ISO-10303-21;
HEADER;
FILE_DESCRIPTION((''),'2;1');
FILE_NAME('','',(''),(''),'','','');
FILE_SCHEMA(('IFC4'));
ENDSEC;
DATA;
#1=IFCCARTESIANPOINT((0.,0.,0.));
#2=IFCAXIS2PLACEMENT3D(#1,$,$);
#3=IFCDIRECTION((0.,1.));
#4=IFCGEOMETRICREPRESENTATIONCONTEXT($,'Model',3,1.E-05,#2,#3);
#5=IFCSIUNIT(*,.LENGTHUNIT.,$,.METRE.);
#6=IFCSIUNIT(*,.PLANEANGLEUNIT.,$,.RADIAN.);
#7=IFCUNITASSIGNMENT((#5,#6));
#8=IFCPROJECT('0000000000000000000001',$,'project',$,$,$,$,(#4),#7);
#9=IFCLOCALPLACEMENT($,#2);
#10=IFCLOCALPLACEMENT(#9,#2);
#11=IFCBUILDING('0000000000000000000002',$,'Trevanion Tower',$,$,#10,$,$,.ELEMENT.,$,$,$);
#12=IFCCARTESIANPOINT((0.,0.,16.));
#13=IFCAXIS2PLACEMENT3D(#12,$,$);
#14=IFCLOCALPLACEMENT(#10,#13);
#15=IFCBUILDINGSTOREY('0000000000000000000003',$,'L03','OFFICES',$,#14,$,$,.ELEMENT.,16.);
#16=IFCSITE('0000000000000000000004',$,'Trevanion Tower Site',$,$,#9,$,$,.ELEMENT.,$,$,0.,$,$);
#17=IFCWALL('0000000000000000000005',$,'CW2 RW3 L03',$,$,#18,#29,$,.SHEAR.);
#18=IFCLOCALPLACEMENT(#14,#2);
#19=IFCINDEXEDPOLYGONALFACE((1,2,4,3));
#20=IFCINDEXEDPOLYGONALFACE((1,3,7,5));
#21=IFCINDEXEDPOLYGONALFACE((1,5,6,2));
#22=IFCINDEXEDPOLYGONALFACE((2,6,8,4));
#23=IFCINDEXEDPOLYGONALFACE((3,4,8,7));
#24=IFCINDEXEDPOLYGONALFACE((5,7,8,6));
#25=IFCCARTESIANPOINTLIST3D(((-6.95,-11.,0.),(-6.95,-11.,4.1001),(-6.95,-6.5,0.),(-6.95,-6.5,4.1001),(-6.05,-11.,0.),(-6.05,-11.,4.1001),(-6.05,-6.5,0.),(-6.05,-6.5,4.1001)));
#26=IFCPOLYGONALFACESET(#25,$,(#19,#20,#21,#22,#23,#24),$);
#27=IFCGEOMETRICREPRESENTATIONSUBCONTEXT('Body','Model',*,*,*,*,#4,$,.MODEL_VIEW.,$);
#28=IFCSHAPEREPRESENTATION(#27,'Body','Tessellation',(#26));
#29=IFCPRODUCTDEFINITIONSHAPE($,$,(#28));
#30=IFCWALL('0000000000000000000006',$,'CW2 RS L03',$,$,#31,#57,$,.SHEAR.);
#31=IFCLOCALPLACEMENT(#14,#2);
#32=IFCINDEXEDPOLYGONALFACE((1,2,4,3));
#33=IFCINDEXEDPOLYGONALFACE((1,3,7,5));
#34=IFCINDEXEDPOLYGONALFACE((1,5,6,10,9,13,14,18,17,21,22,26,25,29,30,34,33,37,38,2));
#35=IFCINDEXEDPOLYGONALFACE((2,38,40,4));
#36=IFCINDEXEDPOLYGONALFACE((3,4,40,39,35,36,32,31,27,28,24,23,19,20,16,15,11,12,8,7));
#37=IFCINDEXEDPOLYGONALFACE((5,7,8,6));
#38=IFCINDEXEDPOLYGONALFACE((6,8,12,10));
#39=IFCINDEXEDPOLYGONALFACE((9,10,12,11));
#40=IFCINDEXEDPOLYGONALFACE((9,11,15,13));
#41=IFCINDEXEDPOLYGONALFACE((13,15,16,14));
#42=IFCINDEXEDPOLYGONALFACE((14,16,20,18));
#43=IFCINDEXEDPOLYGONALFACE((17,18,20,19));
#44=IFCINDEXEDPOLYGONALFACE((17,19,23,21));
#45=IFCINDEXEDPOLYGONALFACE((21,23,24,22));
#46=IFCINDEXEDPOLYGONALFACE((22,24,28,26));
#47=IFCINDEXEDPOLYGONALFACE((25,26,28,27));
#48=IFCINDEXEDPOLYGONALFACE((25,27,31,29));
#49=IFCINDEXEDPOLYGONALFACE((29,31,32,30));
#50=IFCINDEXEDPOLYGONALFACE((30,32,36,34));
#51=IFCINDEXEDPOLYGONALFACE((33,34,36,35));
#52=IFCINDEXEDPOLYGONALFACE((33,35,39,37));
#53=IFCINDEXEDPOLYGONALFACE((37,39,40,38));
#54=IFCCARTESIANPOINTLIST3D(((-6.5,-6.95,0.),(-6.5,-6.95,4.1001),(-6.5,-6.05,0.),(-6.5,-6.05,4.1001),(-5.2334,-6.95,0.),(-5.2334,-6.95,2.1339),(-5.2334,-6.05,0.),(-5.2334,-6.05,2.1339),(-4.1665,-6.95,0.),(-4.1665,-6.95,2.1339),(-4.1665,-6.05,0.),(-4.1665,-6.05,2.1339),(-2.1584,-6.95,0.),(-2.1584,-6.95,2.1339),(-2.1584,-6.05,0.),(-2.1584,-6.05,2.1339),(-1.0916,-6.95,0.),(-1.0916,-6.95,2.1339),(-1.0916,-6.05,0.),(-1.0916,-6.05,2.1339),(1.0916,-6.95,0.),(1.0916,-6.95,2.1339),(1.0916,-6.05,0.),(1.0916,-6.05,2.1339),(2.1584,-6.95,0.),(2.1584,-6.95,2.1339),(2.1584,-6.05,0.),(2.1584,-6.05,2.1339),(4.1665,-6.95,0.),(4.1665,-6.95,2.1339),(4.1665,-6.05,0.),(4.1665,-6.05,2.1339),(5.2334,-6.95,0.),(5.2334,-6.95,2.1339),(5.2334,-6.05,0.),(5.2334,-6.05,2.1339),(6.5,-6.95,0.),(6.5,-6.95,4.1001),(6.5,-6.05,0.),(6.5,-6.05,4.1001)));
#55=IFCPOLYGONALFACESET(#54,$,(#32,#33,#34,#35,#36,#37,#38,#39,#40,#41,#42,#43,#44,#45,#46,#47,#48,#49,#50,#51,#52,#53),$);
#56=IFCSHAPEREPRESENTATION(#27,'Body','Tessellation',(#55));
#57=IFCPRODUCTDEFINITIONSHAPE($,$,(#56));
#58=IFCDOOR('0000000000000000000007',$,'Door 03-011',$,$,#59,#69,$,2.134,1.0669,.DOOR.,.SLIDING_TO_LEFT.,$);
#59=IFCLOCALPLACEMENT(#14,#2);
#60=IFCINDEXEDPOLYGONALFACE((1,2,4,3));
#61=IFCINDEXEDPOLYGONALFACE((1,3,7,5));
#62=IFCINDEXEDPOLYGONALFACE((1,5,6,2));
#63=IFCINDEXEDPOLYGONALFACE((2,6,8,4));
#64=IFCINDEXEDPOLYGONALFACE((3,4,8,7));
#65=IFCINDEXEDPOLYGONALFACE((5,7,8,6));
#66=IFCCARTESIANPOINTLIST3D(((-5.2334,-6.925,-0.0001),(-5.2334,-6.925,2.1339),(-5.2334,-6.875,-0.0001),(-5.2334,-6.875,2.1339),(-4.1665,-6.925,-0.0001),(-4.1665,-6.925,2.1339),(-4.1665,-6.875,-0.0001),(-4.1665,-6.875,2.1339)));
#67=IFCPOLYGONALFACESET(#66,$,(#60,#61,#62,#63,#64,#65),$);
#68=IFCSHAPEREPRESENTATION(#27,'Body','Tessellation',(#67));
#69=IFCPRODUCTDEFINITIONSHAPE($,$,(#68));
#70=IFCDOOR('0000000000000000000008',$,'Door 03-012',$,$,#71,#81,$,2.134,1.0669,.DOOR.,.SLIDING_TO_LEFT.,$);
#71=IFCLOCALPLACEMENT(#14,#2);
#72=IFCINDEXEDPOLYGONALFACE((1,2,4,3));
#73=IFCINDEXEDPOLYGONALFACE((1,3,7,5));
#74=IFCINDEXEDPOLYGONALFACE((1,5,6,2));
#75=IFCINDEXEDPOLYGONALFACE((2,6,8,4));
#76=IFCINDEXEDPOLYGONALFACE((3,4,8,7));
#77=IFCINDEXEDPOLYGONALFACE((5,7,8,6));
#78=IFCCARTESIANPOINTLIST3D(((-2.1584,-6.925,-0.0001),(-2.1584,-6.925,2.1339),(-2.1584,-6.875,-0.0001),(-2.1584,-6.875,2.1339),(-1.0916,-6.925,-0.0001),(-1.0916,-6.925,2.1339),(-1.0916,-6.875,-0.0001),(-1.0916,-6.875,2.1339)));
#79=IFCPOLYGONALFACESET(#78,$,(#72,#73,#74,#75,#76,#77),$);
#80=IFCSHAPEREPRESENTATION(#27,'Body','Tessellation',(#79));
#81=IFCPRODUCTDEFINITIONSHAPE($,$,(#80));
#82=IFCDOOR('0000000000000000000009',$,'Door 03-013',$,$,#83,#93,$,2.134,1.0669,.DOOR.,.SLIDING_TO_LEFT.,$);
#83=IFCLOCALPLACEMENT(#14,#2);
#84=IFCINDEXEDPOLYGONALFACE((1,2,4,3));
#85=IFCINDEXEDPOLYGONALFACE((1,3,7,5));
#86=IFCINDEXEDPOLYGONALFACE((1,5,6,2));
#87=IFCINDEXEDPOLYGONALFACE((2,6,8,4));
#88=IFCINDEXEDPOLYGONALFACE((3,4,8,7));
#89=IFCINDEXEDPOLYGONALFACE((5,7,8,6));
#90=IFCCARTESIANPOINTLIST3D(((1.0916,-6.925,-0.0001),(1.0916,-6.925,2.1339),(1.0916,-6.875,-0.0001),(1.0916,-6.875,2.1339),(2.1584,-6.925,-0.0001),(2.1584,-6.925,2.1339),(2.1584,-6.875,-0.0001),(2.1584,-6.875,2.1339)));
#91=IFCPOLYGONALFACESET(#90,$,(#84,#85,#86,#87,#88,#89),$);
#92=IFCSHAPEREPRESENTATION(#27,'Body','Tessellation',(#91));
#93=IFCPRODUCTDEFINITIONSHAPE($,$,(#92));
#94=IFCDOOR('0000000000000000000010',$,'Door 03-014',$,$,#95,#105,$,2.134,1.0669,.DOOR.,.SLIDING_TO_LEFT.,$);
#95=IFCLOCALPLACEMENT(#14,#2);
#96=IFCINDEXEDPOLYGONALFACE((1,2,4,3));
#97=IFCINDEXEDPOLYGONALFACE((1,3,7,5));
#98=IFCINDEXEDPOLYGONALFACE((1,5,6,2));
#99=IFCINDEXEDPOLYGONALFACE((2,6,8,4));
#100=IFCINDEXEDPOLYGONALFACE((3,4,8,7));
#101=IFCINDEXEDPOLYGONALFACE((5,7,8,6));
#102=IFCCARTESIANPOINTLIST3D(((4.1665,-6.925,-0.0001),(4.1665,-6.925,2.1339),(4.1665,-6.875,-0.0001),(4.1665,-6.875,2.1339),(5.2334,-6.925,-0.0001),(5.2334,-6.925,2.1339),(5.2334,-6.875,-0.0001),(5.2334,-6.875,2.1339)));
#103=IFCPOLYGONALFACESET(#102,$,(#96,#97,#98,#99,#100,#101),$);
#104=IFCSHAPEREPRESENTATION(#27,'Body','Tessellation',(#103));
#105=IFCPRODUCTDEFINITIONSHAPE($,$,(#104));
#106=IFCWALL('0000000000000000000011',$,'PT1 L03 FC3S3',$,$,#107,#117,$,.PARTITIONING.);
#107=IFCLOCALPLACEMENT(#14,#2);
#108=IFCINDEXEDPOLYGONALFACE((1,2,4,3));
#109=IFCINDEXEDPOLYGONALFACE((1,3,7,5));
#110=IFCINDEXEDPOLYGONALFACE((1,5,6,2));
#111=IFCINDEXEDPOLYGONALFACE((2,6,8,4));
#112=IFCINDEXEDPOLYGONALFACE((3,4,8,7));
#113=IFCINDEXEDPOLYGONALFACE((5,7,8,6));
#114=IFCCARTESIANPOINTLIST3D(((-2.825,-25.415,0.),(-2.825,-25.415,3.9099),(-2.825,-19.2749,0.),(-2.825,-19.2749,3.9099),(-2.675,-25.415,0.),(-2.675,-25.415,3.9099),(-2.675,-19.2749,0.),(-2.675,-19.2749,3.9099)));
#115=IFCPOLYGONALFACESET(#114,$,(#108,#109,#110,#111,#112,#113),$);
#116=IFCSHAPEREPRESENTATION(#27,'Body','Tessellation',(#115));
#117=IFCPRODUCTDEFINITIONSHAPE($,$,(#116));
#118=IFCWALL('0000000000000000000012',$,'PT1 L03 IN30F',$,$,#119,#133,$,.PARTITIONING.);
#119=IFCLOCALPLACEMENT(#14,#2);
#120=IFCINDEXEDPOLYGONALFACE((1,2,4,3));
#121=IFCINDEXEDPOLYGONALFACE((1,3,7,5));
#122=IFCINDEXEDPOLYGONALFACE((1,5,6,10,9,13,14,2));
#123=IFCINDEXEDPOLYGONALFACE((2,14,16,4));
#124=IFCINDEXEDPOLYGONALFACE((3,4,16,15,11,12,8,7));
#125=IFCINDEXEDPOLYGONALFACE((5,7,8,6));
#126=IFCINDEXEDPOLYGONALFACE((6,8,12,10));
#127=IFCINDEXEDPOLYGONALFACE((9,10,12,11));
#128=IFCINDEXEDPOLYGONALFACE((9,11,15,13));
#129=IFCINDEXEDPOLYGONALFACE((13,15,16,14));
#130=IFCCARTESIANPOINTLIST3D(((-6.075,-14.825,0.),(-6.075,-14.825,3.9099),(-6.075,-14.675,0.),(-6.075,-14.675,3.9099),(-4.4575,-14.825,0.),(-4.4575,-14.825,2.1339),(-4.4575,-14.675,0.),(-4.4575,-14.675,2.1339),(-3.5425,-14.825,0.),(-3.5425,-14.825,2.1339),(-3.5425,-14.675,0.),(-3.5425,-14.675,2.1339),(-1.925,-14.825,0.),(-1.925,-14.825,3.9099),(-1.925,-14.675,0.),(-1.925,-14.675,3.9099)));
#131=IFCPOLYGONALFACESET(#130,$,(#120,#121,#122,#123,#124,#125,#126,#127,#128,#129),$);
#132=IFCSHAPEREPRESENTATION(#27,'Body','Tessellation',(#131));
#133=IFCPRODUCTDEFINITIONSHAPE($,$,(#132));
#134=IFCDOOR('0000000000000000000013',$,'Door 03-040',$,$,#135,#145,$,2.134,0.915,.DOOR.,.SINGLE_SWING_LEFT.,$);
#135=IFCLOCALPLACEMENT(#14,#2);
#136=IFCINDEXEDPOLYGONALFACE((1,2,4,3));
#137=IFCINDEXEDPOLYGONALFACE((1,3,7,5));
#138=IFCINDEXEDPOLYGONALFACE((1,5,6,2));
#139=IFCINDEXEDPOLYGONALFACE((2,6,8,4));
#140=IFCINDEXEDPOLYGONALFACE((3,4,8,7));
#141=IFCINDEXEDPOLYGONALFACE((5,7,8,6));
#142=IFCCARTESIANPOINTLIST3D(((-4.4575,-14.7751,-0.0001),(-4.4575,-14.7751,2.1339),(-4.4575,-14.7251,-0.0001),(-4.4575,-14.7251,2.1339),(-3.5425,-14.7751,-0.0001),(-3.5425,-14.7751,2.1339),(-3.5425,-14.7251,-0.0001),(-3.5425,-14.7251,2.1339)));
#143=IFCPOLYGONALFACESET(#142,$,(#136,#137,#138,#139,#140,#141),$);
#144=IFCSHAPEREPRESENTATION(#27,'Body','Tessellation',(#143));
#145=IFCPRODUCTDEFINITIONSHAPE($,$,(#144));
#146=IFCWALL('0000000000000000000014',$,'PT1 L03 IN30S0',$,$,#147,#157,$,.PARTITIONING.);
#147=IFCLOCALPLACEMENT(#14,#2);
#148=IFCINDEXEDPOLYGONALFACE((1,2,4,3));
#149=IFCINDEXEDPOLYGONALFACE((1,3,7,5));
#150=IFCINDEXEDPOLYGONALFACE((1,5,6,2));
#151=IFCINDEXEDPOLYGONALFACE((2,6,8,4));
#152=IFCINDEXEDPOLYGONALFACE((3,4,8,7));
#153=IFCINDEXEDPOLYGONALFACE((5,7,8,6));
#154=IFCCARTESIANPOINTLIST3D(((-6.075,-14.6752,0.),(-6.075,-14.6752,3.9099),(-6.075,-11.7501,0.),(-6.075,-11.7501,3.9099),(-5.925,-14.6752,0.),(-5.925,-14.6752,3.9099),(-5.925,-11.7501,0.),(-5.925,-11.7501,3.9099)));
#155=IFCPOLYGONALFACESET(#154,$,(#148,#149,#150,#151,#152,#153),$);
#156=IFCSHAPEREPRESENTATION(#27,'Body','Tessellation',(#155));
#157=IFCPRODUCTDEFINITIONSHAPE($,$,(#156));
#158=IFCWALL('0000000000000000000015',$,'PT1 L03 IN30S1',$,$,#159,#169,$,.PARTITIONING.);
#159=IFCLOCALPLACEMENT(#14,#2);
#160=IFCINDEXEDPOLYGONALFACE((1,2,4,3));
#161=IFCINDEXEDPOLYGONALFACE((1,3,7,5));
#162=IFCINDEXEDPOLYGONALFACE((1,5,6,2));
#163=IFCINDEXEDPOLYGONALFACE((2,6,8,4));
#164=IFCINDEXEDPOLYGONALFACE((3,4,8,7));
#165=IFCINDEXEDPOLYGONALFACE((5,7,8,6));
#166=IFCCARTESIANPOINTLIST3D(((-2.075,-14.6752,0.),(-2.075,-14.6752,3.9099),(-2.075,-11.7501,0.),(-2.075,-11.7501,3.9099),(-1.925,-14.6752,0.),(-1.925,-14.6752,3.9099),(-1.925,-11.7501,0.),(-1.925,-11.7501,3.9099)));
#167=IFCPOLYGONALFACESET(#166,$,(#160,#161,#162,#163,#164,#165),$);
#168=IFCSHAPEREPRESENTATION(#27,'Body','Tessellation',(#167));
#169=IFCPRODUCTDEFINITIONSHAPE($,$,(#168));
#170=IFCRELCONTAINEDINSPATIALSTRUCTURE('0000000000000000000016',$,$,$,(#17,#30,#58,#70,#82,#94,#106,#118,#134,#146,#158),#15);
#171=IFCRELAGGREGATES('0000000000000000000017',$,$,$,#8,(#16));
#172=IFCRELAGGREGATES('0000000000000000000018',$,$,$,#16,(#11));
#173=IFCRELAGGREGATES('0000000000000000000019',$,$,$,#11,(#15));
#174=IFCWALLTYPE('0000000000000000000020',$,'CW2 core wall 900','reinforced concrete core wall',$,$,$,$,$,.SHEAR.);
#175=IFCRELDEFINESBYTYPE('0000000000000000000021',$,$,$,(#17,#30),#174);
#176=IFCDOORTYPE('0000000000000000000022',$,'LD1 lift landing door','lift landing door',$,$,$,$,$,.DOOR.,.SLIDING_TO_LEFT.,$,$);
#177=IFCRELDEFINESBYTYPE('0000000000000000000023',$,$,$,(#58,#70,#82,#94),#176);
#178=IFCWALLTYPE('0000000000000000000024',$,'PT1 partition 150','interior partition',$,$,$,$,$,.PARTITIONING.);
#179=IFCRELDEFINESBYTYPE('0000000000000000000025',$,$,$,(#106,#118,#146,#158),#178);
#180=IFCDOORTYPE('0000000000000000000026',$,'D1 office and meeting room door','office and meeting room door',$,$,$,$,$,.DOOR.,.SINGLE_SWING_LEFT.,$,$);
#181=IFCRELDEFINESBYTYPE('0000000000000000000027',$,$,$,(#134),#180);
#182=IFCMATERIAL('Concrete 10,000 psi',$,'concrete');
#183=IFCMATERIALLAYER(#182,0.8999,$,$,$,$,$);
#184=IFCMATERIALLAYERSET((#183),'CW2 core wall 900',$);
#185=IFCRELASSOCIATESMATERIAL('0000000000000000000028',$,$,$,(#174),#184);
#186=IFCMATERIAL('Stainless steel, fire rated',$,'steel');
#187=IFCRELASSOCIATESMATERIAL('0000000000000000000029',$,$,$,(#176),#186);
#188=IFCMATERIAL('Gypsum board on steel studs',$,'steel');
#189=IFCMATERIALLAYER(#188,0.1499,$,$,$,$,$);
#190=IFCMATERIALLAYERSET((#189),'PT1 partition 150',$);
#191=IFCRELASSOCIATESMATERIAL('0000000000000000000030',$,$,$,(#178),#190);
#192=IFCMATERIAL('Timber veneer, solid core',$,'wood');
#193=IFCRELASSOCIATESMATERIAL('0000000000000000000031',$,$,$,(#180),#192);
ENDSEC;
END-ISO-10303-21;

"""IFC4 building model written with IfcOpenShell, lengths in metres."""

from ifc_helpers import new_model, si_unit, direction, frame, frame_2d, origin, place, context, subcontext, project, spatial, rectangle, extrude, material, layer, layer_set, type_object, element, fill, save


model = new_model("IFC4")

# Units and contexts
model_context = context("Model", 3, precision=1e-05, world=origin(), true_north=direction((0.0, 1.0)))
body_context = subcontext(model_context, "Body", "Model", "MODEL_VIEW")
ifc_project = project(units=[si_unit("LENGTHUNIT", "METRE"), si_unit("PLANEANGLEUNIT", "RADIAN")], contexts=[model_context])

# Site, building, storey
site_placement = place(None, origin())
site = spatial("IfcSite", under=ifc_project, at=site_placement, Name="Trevanion Tower Site", CompositionType="ELEMENT", RefElevation=0.0)
building_placement = place(site_placement, origin())
building = spatial("IfcBuilding", under=site, at=building_placement, Name="Trevanion Tower", CompositionType="ELEMENT")
storey_placement = place(building_placement, frame((0.0, 0.0, 16.0)))
storey = spatial("IfcBuildingStorey", under=building, at=storey_placement, Name="L03", Description="OFFICES", CompositionType="ELEMENT", Elevation=16.0)

# Wall
ifc_material_1 = material(Name="Concrete 10,000 psi", Category="concrete")
ifc_layer_1 = layer(ifc_material_1, 0.8999)
ifc_layer_set_1 = layer_set([ifc_layer_1], Name="CW2 core wall 900")
wall_type_1 = type_object("IfcWallType", Name="CW2 core wall 900", Description="reinforced concrete core wall", PredefinedType="SHEAR", material=ifc_layer_set_1)
wall_1_placement = place(storey_placement, frame((-6.5, -6.5, 0.0), z_axis=(0.0, 0.0, 1.0), x_axis=(0.0, -1.0, 0.0)))
element("IfcWall", 1, at=wall_1_placement, inside=storey, type_object=wall_type_1, Name="CW2 RW3 L03", PredefinedType="SHEAR", context=body_context, shape_type="SweptSolid", body=[
    extrude(rectangle(XDim=4.5, YDim=0.8999, at=frame_2d((2.25, 0.0))), origin(), (0.0, 0.0, 1.0), 4.1001),
])

# Wall, openings, doors
wall_2_placement = place(storey_placement, frame((-6.5, -6.5, 0.0), z_axis=(0.0, 0.0, 1.0), x_axis=(1.0, 0.0, 0.0)))
wall_2 = element("IfcWall", 2, at=wall_2_placement, inside=storey, type_object=wall_type_1, Name="CW2 RS L03", PredefinedType="SHEAR", context=body_context, shape_type="SweptSolid", body=[
    extrude(rectangle(XDim=13.0, YDim=0.8999, at=frame_2d((6.5, 0.0))), origin(), (0.0, 0.0, 1.0), 4.1001),
])
opening_1_placement = place(wall_2_placement, frame((1.2666, 0.0, 0.0)))
opening_1 = element("IfcOpeningElement", 3, at=opening_1_placement, cuts=wall_2, PredefinedType="OPENING", context=body_context, shape_type="SweptSolid", body=[
    extrude(rectangle(XDim=1.0669, YDim=2.134, at=frame_2d((0.5334, 1.0669))), frame((0.0, 0.46, 0.0), z_axis=(0.0, -1.0, 0.0), x_axis=(1.0, 0.0, 0.0)), (0.0, 0.0, 1.0), 0.9199),
])
opening_2_placement = place(wall_2_placement, frame((4.3416, 0.0, 0.0)))
opening_2 = element("IfcOpeningElement", 4, at=opening_2_placement, cuts=wall_2, PredefinedType="OPENING", context=body_context, shape_type="SweptSolid", body=[
    extrude(rectangle(XDim=1.0669, YDim=2.134, at=frame_2d((0.5334, 1.0669))), frame((0.0, 0.46, 0.0), z_axis=(0.0, -1.0, 0.0), x_axis=(1.0, 0.0, 0.0)), (0.0, 0.0, 1.0), 0.9199),
])
opening_3_placement = place(wall_2_placement, frame((7.5916, 0.0, 0.0)))
opening_3 = element("IfcOpeningElement", 5, at=opening_3_placement, cuts=wall_2, PredefinedType="OPENING", context=body_context, shape_type="SweptSolid", body=[
    extrude(rectangle(XDim=1.0669, YDim=2.134, at=frame_2d((0.5334, 1.0669))), frame((0.0, 0.46, 0.0), z_axis=(0.0, -1.0, 0.0), x_axis=(1.0, 0.0, 0.0)), (0.0, 0.0, 1.0), 0.9199),
])
opening_4_placement = place(wall_2_placement, frame((10.6665, 0.0, 0.0)))
opening_4 = element("IfcOpeningElement", 6, at=opening_4_placement, cuts=wall_2, PredefinedType="OPENING", context=body_context, shape_type="SweptSolid", body=[
    extrude(rectangle(XDim=1.0669, YDim=2.134, at=frame_2d((0.5334, 1.0669))), frame((0.0, 0.46, 0.0), z_axis=(0.0, -1.0, 0.0), x_axis=(1.0, 0.0, 0.0)), (0.0, 0.0, 1.0), 0.9199),
])
ifc_material_2 = material(Name="Stainless steel, fire rated", Category="steel")
door_type_1 = type_object("IfcDoorType", Name="LD1 lift landing door", Description="lift landing door", OperationType="SLIDING_TO_LEFT", PredefinedType="DOOR", material=ifc_material_2)
door_1_placement = place(opening_1_placement, origin())
door_1 = element("IfcDoor", 7, at=door_1_placement, inside=storey, type_object=door_type_1, Name="Door 03-011", OperationType="SLIDING_TO_LEFT", OverallHeight=2.134, OverallWidth=1.0669, PredefinedType="DOOR", context=body_context, shape_type="SweptSolid", body=[
    extrude(rectangle(XDim=1.0669, YDim=2.134, at=frame_2d((0.5334, 1.0669))), frame((0.0, -0.375, 0.0), z_axis=(0.0, -1.0, 0.0), x_axis=(1.0, 0.0, 0.0)), (0.0, 0.0, 1.0), 0.05),
])
fill(opening_1, door_1)
door_2_placement = place(opening_2_placement, origin())
door_2 = element("IfcDoor", 8, at=door_2_placement, inside=storey, type_object=door_type_1, Name="Door 03-012", OperationType="SLIDING_TO_LEFT", OverallHeight=2.134, OverallWidth=1.0669, PredefinedType="DOOR", context=body_context, shape_type="SweptSolid", body=[
    extrude(rectangle(XDim=1.0669, YDim=2.134, at=frame_2d((0.5334, 1.0669))), frame((0.0, -0.375, 0.0), z_axis=(0.0, -1.0, 0.0), x_axis=(1.0, 0.0, 0.0)), (0.0, 0.0, 1.0), 0.05),
])
fill(opening_2, door_2)
door_3_placement = place(opening_3_placement, origin())
door_3 = element("IfcDoor", 9, at=door_3_placement, inside=storey, type_object=door_type_1, Name="Door 03-013", OperationType="SLIDING_TO_LEFT", OverallHeight=2.134, OverallWidth=1.0669, PredefinedType="DOOR", context=body_context, shape_type="SweptSolid", body=[
    extrude(rectangle(XDim=1.0669, YDim=2.134, at=frame_2d((0.5334, 1.0669))), frame((0.0, -0.375, 0.0), z_axis=(0.0, -1.0, 0.0), x_axis=(1.0, 0.0, 0.0)), (0.0, 0.0, 1.0), 0.05),
])
fill(opening_3, door_3)
door_4_placement = place(opening_4_placement, origin())
door_4 = element("IfcDoor", 10, at=door_4_placement, inside=storey, type_object=door_type_1, Name="Door 03-014", OperationType="SLIDING_TO_LEFT", OverallHeight=2.134, OverallWidth=1.0669, PredefinedType="DOOR", context=body_context, shape_type="SweptSolid", body=[
    extrude(rectangle(XDim=1.0669, YDim=2.134, at=frame_2d((0.5334, 1.0669))), frame((0.0, -0.375, 0.0), z_axis=(0.0, -1.0, 0.0), x_axis=(1.0, 0.0, 0.0)), (0.0, 0.0, 1.0), 0.05),
])
fill(opening_4, door_4)

# Wall
ifc_material_3 = material(Name="Gypsum board on steel studs", Category="steel")
ifc_layer_2 = layer(ifc_material_3, 0.1499)
ifc_layer_set_2 = layer_set([ifc_layer_2], Name="PT1 partition 150")
wall_type_2 = type_object("IfcWallType", Name="PT1 partition 150", Description="interior partition", PredefinedType="PARTITIONING", material=ifc_layer_set_2)
wall_3_placement = place(storey_placement, frame((-2.75, -19.2749, 0.0), z_axis=(0.0, 0.0, 1.0), x_axis=(0.0, -1.0, 0.0)))
element("IfcWall", 11, at=wall_3_placement, inside=storey, type_object=wall_type_2, Name="PT1 L03 FC3S3", PredefinedType="PARTITIONING", context=body_context, shape_type="SweptSolid", body=[
    extrude(rectangle(XDim=6.1401, YDim=0.1499, at=frame_2d((3.0701, 0.0))), origin(), (0.0, 0.0, 1.0), 3.9099),
])

# Wall, opening, door
wall_4_placement = place(storey_placement, frame((-6.075, -14.75, 0.0), z_axis=(0.0, 0.0, 1.0), x_axis=(1.0, 0.0, 0.0)))
wall_4 = element("IfcWall", 12, at=wall_4_placement, inside=storey, type_object=wall_type_2, Name="PT1 L03 IN30F", PredefinedType="PARTITIONING", context=body_context, shape_type="SweptSolid", body=[
    extrude(rectangle(XDim=4.1499, YDim=0.1499, at=frame_2d((2.075, 0.0))), origin(), (0.0, 0.0, 1.0), 3.9099),
])
opening_5_placement = place(wall_4_placement, frame((1.6174, 0.0, 0.0)))
opening_5 = element("IfcOpeningElement", 13, at=opening_5_placement, cuts=wall_4, PredefinedType="OPENING", context=body_context, shape_type="SweptSolid", body=[
    extrude(rectangle(XDim=0.915, YDim=2.134, at=frame_2d((0.4575, 1.0669))), frame((0.0, 0.085, 0.0), z_axis=(0.0, -1.0, 0.0), x_axis=(1.0, 0.0, 0.0)), (0.0, 0.0, 1.0), 0.1699),
])
ifc_material_4 = material(Name="Timber veneer, solid core", Category="wood")
door_type_2 = type_object("IfcDoorType", Name="D1 office and meeting room door", Description="office and meeting room door", OperationType="SINGLE_SWING_LEFT", PredefinedType="DOOR", material=ifc_material_4)
door_5_placement = place(opening_5_placement, origin())
door_5 = element("IfcDoor", 14, at=door_5_placement, inside=storey, type_object=door_type_2, Name="Door 03-040", OperationType="SINGLE_SWING_LEFT", OverallHeight=2.134, OverallWidth=0.915, PredefinedType="DOOR", context=body_context, shape_type="SweptSolid", body=[
    extrude(rectangle(XDim=0.915, YDim=2.134, at=frame_2d((0.4575, 1.0669))), frame((0.0, 0.0249, 0.0), z_axis=(0.0, -1.0, 0.0), x_axis=(1.0, 0.0, 0.0)), (0.0, 0.0, 1.0), 0.05),
])
fill(opening_5, door_5)

# Walls
for number, where, z_axis, x_axis, name in (
    (15, (-6.0, -14.675, 0.0), (0.0, 0.0, 1.0), (0.0, 1.0, 0.0), "PT1 L03 IN30S0"),
    (16, (-2.0, -14.675, 0.0), (0.0, 0.0, 1.0), (0.0, 1.0, 0.0), "PT1 L03 IN30S1"),
):
    element("IfcWall", number, at=place(storey_placement, frame(where, z_axis=z_axis, x_axis=x_axis)), inside=storey, type_object=wall_type_2, Name=name, PredefinedType="PARTITIONING", context=body_context, shape_type="SweptSolid", body=[
        extrude(rectangle(XDim=2.925, YDim=0.1499, at=frame_2d((1.4624, 0.0))), origin(), (0.0, 0.0, 1.0), 3.9099),
    ])

save(model, "model.ifc")
